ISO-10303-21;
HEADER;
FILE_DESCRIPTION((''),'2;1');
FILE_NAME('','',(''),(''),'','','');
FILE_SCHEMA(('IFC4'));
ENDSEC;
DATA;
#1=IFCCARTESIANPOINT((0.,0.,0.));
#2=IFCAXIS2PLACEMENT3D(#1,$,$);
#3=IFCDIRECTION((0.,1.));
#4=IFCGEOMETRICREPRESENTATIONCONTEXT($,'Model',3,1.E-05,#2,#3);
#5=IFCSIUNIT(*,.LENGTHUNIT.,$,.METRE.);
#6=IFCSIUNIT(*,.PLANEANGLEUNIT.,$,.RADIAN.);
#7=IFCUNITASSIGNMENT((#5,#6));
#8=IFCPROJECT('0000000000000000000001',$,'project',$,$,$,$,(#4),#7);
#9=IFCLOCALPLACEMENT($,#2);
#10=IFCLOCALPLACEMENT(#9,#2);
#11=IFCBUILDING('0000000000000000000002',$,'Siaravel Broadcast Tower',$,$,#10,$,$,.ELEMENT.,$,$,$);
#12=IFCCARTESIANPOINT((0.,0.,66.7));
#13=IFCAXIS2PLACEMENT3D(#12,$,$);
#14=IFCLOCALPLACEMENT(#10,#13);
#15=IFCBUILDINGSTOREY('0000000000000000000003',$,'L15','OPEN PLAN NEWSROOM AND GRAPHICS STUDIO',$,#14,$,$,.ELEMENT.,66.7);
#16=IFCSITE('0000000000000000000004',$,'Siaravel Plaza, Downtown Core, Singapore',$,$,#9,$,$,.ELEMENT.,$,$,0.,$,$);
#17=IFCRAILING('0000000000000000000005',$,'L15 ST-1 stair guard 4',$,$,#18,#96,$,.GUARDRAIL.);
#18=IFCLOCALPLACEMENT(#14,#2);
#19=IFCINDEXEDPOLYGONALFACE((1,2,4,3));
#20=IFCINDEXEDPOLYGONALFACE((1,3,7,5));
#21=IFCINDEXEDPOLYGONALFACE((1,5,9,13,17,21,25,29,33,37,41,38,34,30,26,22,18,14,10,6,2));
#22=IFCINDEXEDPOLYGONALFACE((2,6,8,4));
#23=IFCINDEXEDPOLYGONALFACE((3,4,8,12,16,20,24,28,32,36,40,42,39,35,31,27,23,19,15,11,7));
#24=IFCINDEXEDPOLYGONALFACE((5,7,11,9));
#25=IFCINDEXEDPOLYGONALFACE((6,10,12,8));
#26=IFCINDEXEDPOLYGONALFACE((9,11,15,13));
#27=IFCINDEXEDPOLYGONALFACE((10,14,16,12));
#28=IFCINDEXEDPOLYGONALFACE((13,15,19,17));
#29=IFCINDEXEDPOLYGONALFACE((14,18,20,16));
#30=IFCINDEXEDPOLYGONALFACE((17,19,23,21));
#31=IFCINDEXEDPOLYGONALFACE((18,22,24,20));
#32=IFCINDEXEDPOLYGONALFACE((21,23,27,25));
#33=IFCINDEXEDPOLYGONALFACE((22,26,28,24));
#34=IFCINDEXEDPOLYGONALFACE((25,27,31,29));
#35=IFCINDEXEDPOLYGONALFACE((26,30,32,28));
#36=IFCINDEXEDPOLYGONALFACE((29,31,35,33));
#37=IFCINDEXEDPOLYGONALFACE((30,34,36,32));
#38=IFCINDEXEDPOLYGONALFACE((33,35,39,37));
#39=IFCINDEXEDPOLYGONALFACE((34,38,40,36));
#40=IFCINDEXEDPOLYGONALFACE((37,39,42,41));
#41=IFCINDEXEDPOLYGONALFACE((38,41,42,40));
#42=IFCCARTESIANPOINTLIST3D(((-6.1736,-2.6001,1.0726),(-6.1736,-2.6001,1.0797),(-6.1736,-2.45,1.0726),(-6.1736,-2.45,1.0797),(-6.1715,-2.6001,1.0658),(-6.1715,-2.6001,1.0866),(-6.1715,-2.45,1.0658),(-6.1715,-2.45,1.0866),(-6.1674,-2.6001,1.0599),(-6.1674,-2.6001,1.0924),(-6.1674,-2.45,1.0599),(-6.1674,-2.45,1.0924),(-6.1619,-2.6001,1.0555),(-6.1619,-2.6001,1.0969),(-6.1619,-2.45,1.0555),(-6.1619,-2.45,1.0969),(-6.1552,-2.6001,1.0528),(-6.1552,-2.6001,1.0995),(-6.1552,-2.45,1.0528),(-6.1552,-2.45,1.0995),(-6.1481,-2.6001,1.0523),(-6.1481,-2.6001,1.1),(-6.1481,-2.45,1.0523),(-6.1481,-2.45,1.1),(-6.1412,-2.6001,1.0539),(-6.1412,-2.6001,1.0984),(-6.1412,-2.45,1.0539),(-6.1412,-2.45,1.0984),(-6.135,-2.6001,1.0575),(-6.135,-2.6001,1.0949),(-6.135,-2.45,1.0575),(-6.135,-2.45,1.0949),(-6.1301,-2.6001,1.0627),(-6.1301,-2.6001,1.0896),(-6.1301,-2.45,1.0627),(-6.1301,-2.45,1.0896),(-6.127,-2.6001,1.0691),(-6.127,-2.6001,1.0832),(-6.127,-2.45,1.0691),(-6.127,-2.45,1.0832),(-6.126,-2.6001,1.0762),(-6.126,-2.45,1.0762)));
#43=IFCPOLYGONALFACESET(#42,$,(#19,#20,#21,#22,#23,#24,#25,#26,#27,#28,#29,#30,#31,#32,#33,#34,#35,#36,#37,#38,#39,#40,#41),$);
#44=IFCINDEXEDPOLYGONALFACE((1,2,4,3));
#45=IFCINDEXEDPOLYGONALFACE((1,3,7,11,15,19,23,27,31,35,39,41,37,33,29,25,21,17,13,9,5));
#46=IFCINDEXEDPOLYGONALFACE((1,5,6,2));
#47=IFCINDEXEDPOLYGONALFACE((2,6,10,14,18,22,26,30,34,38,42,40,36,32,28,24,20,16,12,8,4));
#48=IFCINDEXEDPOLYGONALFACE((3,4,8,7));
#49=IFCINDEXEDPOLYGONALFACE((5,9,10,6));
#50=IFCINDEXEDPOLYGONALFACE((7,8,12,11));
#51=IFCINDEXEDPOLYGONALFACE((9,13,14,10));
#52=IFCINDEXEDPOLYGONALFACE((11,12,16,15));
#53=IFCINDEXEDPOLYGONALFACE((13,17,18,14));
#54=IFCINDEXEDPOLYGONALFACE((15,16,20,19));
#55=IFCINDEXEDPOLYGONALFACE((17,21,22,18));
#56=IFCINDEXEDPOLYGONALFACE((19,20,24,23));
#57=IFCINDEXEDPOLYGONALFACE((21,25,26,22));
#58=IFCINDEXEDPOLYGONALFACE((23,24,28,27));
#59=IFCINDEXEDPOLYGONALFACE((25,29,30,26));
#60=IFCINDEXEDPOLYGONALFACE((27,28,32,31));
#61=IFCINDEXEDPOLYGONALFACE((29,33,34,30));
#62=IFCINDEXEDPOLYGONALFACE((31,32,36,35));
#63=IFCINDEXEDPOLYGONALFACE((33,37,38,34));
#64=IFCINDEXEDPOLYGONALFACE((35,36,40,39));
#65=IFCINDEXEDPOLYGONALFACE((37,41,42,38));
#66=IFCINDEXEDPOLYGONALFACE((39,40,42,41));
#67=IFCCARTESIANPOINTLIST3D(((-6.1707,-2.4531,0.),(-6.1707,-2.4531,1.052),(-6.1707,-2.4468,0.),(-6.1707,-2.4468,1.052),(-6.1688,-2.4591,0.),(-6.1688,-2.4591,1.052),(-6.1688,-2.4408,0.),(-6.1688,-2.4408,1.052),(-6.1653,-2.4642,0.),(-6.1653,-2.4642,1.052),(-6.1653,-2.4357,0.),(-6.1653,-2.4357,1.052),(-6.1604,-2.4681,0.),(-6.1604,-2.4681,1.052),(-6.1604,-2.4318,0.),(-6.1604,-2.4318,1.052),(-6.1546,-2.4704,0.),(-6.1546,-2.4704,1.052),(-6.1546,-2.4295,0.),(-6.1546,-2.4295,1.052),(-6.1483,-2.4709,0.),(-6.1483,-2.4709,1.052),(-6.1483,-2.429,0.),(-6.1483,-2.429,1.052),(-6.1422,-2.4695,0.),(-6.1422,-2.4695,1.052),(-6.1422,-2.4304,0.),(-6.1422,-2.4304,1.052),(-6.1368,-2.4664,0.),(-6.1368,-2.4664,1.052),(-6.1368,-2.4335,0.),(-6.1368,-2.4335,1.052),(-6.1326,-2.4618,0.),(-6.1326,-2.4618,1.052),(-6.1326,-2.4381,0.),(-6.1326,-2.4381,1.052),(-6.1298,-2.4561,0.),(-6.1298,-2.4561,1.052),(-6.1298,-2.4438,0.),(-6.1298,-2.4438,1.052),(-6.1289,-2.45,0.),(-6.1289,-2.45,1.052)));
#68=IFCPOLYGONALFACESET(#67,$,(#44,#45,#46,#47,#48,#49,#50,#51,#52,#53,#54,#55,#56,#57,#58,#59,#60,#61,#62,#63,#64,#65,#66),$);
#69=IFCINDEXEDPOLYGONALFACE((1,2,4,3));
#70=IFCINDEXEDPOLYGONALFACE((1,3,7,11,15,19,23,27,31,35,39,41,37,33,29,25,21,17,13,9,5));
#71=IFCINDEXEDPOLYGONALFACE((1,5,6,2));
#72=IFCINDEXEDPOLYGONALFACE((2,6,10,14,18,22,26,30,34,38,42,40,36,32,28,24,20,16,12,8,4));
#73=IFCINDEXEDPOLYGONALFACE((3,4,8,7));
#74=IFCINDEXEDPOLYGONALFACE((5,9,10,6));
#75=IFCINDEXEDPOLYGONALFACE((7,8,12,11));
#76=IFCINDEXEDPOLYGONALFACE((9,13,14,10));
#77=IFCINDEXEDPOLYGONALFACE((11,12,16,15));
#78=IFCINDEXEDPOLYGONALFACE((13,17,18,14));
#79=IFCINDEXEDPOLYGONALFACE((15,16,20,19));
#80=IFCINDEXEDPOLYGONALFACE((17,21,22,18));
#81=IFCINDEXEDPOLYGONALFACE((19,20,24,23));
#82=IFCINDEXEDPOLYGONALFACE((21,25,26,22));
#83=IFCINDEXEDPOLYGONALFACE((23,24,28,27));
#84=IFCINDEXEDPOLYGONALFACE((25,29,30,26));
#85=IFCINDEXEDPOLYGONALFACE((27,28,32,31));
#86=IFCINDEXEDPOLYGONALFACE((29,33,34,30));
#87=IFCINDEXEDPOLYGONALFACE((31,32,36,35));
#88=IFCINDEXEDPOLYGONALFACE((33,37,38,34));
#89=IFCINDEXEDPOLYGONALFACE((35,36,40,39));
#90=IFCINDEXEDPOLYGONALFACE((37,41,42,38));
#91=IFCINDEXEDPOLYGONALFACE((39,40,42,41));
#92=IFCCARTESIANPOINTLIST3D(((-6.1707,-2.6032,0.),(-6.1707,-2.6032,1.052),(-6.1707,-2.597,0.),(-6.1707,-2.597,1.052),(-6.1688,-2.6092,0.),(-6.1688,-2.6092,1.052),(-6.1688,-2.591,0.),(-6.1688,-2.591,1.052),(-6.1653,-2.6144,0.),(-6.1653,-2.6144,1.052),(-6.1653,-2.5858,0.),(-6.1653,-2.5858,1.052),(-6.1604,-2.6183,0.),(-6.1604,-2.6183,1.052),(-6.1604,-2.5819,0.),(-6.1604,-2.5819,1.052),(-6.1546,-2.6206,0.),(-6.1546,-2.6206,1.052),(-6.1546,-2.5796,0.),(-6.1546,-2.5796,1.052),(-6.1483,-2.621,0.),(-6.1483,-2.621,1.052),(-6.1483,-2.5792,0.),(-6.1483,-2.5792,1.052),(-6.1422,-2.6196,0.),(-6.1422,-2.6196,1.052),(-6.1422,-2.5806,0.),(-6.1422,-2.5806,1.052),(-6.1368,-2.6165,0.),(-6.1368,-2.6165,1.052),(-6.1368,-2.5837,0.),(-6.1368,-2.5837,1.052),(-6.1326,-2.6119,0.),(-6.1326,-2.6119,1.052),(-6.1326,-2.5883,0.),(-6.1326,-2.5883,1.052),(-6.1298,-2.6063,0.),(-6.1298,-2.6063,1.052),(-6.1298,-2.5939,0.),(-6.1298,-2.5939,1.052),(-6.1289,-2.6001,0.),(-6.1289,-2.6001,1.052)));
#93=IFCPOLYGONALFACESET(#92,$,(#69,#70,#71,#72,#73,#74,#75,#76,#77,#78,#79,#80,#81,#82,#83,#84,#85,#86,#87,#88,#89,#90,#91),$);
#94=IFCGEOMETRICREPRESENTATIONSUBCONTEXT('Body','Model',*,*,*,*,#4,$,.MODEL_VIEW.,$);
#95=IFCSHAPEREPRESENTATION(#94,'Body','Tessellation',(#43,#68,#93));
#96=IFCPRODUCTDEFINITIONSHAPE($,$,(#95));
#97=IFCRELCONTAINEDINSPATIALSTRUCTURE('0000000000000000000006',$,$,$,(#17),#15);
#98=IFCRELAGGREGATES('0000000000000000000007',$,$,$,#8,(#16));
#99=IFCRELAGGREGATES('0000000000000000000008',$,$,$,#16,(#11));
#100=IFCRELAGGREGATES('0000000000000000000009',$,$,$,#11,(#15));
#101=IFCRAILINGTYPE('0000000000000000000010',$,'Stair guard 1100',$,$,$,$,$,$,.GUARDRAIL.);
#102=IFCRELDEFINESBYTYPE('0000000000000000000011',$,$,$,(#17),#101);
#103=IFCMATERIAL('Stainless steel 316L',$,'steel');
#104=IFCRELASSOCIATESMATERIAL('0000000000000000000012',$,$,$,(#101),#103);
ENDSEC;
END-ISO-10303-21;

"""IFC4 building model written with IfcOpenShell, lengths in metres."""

from ifc_helpers import new_model, si_unit, direction, frame, origin, origin_2d, place, context, subcontext, project, spatial, circle, extrude, material, type_object, element, save


model = new_model("IFC4")

# Units and contexts
model_context = context("Model", 3, precision=1e-05, world=origin(), true_north=direction((0.0, 1.0)))
body_context = subcontext(model_context, "Body", "Model", "MODEL_VIEW")
ifc_project = project(units=[si_unit("LENGTHUNIT", "METRE"), si_unit("PLANEANGLEUNIT", "RADIAN")], contexts=[model_context])

# Site, building, storey
site_placement = place(None, origin())
site = spatial("IfcSite", under=ifc_project, at=site_placement, Name="Siaravel Plaza, Downtown Core, Singapore", CompositionType="ELEMENT", RefElevation=0.0)
building_placement = place(site_placement, origin())
building = spatial("IfcBuilding", under=site, at=building_placement, Name="Siaravel Broadcast Tower", CompositionType="ELEMENT")
storey_placement = place(building_placement, frame((0.0, 0.0, 66.7)))
storey = spatial("IfcBuildingStorey", under=building, at=storey_placement, Name="L15", Description="OPEN PLAN NEWSROOM AND GRAPHICS STUDIO", CompositionType="ELEMENT", Elevation=66.7)

# Railing
ifc_material_1 = material(Name="Stainless steel 316L", Category="steel")
railing_type_1 = type_object("IfcRailingType", Name="Stair guard 1100", PredefinedType="GUARDRAIL", material=ifc_material_1)
railing_1_placement = place(storey_placement, frame((-6.1499, -2.45, 0.0)))
element("IfcRailing", 1, at=railing_1_placement, inside=storey, type_object=railing_type_1, Name="L15 ST-1 stair guard 4", PredefinedType="GUARDRAIL", context=body_context, shape_type="SweptSolid", body=[
    extrude(circle(Radius=0.0239, at=origin_2d()), frame((0.0, 0.0, 1.0762), z_axis=(0.0, -1.0, 0.0), x_axis=(1.0, 0.0, 0.0)), (0.0, 0.0, 1.0), 0.1501),
    extrude(circle(Radius=0.021, at=origin_2d()), origin(), (0.0, 0.0, 1.0), 1.052),
    extrude(circle(Radius=0.021, at=origin_2d()), frame((0.0, -0.1501, 0.0)), (0.0, 0.0, 1.0), 1.052),
])

save(model, "model.ifc")
